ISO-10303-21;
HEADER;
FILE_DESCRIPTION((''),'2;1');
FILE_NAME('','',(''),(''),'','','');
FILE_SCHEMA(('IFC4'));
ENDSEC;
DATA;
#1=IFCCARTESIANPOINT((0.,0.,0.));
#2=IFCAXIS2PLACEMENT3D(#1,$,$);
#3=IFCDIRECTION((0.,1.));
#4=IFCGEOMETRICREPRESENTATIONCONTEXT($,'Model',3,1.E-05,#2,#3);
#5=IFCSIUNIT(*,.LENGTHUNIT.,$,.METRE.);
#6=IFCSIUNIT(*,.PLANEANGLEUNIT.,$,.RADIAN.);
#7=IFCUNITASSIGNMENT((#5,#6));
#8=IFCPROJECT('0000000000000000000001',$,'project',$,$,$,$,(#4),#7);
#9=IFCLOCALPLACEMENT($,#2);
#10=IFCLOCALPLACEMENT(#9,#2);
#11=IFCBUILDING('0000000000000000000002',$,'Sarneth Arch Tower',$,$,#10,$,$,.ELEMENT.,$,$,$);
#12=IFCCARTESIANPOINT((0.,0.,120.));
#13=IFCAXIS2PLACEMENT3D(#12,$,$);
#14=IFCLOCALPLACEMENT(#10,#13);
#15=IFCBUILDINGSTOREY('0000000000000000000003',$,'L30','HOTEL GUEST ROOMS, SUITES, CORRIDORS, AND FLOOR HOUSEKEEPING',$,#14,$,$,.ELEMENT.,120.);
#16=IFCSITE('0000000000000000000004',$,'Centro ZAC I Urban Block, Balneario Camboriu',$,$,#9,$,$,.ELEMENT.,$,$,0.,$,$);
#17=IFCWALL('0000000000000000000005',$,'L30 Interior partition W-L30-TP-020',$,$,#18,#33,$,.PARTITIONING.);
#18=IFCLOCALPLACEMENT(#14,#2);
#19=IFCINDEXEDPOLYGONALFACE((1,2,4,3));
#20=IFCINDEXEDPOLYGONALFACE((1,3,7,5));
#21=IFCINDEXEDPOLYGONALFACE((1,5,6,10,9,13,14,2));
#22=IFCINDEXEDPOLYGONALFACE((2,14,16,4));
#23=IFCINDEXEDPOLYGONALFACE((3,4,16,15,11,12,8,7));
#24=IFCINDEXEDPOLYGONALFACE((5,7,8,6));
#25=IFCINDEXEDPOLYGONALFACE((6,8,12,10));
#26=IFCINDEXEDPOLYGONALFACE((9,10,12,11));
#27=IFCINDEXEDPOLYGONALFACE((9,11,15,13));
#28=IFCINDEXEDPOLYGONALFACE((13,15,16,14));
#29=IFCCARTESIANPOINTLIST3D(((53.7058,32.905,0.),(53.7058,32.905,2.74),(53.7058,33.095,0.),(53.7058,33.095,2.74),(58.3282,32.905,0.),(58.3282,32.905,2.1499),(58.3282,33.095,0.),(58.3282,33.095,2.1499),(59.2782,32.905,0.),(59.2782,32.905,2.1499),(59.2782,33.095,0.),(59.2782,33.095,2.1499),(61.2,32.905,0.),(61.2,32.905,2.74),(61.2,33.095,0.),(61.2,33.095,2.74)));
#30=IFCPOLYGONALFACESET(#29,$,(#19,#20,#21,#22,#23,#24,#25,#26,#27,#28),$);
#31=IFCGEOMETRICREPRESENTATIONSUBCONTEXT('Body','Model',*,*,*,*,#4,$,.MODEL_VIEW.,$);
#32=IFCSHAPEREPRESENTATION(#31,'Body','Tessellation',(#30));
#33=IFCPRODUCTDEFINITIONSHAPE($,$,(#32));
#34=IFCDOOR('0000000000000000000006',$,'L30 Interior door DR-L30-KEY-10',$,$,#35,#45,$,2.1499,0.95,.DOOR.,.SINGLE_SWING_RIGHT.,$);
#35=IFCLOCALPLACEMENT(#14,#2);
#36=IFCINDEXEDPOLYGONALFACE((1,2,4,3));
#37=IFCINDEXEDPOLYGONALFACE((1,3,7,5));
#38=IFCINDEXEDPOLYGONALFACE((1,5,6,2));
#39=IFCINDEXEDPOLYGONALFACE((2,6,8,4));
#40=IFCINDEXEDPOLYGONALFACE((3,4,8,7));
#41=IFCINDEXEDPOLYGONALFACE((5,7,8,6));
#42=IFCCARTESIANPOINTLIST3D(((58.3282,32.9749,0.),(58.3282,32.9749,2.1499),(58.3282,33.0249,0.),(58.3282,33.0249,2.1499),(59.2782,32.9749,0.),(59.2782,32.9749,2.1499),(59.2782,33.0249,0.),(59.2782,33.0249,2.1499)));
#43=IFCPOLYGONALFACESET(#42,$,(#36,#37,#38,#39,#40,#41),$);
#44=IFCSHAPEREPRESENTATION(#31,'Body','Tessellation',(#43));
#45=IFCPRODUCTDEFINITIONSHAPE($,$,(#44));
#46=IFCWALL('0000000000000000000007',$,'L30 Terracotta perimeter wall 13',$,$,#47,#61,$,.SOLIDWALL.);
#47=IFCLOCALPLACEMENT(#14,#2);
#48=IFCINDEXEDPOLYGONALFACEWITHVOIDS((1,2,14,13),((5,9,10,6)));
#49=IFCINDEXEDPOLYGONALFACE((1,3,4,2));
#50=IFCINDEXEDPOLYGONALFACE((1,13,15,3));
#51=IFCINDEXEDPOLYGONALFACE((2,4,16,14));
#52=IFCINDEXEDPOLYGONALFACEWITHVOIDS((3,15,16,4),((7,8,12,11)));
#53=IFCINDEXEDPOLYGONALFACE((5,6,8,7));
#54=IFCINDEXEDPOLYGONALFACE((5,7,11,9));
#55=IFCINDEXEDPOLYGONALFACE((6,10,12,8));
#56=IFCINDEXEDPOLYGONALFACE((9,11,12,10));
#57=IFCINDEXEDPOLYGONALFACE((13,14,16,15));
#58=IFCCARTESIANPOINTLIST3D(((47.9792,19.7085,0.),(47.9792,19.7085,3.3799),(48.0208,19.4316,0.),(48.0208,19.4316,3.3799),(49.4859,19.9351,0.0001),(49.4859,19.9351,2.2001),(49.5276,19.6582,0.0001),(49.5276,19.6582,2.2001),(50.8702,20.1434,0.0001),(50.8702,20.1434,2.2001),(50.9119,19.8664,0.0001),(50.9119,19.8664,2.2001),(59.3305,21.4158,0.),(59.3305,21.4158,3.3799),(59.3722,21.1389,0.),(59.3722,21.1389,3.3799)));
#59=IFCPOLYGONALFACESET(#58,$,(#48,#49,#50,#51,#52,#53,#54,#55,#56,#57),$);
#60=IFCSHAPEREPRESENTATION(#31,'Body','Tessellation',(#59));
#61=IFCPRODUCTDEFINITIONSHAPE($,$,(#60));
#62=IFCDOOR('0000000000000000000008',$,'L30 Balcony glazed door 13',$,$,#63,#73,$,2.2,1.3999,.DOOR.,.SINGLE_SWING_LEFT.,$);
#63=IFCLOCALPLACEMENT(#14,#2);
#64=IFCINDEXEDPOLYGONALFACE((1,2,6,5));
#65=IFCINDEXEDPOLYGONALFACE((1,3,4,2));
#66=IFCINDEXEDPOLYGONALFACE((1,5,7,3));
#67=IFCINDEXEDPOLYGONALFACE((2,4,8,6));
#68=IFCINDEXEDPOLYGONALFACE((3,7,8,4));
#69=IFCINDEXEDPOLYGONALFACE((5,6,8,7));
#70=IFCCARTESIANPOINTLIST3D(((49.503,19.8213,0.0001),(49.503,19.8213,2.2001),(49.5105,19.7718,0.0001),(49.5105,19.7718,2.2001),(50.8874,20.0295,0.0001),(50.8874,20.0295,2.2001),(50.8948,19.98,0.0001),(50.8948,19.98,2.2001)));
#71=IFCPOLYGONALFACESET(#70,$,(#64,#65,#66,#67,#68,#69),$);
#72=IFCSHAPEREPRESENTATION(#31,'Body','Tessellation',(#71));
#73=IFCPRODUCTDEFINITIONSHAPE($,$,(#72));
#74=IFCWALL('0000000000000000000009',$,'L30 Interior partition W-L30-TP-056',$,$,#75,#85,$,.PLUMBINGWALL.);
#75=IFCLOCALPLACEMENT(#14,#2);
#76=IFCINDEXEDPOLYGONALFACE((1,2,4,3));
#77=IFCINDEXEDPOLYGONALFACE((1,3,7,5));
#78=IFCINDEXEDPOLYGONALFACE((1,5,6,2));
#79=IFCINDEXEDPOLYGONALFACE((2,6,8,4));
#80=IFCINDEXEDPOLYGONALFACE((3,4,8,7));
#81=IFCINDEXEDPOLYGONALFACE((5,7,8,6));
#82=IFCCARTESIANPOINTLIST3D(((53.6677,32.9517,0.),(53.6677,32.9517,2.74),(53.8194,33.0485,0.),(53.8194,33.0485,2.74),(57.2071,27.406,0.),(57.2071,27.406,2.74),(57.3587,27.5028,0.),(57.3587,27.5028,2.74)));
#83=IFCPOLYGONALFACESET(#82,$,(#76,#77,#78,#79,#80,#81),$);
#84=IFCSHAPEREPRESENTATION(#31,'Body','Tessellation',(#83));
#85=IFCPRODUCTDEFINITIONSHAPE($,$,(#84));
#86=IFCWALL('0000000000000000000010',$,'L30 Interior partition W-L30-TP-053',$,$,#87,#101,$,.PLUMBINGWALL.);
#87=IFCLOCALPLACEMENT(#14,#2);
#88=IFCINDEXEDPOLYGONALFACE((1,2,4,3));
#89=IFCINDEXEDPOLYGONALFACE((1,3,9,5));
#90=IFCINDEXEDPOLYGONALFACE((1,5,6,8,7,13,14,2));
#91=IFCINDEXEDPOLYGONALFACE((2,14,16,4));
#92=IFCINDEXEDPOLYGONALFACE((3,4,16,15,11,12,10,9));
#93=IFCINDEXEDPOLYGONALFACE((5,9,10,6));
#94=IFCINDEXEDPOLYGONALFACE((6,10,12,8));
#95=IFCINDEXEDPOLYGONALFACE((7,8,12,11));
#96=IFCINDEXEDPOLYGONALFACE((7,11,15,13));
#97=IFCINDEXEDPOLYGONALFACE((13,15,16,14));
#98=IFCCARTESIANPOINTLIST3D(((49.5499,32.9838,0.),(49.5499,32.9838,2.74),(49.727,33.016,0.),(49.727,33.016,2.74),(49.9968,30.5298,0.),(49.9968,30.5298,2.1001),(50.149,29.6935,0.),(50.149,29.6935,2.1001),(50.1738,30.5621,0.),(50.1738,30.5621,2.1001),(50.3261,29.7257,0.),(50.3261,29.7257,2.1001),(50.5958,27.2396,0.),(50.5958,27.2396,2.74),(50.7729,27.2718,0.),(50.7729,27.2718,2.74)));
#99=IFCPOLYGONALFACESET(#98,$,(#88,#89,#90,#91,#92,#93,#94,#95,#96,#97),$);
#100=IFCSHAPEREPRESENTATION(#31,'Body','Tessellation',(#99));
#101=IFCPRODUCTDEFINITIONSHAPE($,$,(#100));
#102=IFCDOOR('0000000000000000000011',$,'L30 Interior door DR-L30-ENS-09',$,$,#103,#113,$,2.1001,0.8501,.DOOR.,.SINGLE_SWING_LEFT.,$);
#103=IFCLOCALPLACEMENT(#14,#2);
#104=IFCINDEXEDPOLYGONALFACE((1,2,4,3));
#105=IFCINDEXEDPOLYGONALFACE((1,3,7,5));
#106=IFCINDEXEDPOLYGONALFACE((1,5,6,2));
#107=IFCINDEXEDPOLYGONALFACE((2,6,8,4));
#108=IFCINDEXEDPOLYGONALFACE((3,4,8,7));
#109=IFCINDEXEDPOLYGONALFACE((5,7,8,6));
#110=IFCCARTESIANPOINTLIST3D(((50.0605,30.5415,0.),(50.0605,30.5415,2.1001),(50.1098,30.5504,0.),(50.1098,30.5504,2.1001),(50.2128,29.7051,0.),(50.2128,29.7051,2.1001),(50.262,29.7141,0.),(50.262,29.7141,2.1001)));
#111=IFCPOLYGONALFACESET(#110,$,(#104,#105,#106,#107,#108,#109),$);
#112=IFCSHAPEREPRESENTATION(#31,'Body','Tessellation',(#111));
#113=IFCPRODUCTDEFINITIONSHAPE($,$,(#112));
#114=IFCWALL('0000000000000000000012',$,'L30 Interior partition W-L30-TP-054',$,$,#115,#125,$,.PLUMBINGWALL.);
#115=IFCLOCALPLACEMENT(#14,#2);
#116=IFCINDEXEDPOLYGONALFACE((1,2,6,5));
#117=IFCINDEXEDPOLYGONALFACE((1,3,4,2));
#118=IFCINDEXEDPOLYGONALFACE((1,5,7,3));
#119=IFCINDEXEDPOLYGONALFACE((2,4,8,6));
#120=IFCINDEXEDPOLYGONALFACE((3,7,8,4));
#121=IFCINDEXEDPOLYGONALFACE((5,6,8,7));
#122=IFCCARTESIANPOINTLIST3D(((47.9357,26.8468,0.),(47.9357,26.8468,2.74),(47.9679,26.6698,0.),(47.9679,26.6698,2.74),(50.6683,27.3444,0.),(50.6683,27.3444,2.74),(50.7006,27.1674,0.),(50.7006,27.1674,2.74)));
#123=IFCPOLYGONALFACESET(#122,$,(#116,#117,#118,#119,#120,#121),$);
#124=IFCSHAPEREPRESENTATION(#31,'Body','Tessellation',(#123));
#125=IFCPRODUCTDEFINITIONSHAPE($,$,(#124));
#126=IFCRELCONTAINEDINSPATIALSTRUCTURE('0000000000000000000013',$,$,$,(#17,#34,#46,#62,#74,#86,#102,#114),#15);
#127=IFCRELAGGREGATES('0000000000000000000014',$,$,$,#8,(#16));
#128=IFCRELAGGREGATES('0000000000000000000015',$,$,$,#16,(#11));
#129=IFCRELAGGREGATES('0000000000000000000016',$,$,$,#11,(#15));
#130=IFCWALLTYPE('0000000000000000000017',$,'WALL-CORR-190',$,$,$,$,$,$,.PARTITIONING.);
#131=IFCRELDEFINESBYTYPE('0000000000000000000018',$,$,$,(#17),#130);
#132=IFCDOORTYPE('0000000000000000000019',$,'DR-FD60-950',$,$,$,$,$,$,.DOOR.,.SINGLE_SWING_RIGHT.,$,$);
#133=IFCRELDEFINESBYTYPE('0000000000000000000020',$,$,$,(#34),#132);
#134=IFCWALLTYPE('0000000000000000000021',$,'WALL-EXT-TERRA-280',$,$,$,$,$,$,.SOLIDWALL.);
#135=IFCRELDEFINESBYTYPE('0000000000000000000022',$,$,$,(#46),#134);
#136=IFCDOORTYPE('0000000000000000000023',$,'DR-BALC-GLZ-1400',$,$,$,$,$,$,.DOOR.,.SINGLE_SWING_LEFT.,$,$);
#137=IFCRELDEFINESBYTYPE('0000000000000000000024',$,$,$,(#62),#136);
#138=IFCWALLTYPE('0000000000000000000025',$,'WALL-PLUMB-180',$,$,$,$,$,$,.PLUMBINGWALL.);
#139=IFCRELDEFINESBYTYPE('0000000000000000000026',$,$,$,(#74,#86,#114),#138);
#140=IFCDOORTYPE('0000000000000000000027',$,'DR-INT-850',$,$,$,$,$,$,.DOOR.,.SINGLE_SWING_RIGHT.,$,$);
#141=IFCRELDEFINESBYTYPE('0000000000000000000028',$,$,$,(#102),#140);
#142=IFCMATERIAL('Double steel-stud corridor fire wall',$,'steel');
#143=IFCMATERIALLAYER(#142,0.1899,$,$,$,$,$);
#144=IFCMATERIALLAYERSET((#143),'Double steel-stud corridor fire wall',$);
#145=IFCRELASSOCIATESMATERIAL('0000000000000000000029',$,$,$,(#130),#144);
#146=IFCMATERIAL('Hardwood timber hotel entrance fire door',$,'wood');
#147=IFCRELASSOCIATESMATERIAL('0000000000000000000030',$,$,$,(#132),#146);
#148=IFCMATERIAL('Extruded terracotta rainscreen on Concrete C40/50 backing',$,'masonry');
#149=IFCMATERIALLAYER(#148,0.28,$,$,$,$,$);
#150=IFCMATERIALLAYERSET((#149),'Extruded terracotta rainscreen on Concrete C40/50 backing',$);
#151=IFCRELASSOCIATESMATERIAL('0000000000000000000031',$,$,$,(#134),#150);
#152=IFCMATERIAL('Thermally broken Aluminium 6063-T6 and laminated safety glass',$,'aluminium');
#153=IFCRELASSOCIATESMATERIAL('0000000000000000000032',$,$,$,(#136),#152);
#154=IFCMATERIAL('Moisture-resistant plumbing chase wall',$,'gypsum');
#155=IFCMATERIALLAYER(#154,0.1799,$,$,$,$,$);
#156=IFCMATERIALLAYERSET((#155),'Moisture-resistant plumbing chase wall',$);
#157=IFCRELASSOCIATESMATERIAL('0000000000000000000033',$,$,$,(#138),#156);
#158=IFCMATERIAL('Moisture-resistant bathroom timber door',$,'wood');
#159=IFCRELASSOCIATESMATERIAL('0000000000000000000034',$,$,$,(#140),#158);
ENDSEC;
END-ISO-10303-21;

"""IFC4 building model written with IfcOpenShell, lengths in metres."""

from ifc_helpers import new_model, si_unit, direction, frame, frame_2d, origin, place, context, subcontext, project, spatial, rectangle, extrude, material, layer, layer_set, type_object, element, fill, save


model = new_model("IFC4")

# Units and contexts
model_context = context("Model", 3, precision=1e-05, world=origin(), true_north=direction((0.0, 1.0)))
body_context = subcontext(model_context, "Body", "Model", "MODEL_VIEW")
ifc_project = project(units=[si_unit("LENGTHUNIT", "METRE"), si_unit("PLANEANGLEUNIT", "RADIAN")], contexts=[model_context])

# Site, building, storey
site_placement = place(None, origin())
site = spatial("IfcSite", under=ifc_project, at=site_placement, Name="Centro ZAC I Urban Block, Balneario Camboriu", CompositionType="ELEMENT", RefElevation=0.0)
building_placement = place(site_placement, origin())
building = spatial("IfcBuilding", under=site, at=building_placement, Name="Sarneth Arch Tower", CompositionType="ELEMENT")
storey_placement = place(building_placement, frame((0.0, 0.0, 120.0)))
storey = spatial("IfcBuildingStorey", under=building, at=storey_placement, Name="L30", Description="HOTEL GUEST ROOMS, SUITES, CORRIDORS, AND FLOOR HOUSEKEEPING", CompositionType="ELEMENT", Elevation=120.0)

# Shared definitions
ifc_material_1 = material(Name="Double steel-stud corridor fire wall", Category="steel")
ifc_layer_1 = layer(ifc_material_1, 0.1899)
ifc_layer_set_1 = layer_set([ifc_layer_1], Name="Double steel-stud corridor fire wall")
wall_type_1 = type_object("IfcWallType", Name="WALL-CORR-190", PredefinedType="PARTITIONING", material=ifc_layer_set_1)
ifc_material_2 = material(Name="Hardwood timber hotel entrance fire door", Category="wood")
door_type_1 = type_object("IfcDoorType", Name="DR-FD60-950", OperationType="SINGLE_SWING_RIGHT", PredefinedType="DOOR", material=ifc_material_2)

# Walls, openings, doors
wall_1_placement = place(storey_placement, frame((53.7058, 33.0, 0.0), z_axis=(0.0, 0.0, 1.0), x_axis=(1.0, 0.0, 0.0)))
wall_1 = element("IfcWall", 1, at=wall_1_placement, inside=storey, type_object=wall_type_1, Name="L30 Interior partition W-L30-TP-020", PredefinedType="PARTITIONING", context=body_context, shape_type="SweptSolid", body=[
    extrude(rectangle(XDim=7.4941, YDim=0.1899, at=frame_2d((3.7471, 0.0))), origin(), (0.0, 0.0, 1.0), 2.74),
])
opening_1_placement = place(wall_1_placement, frame((4.6223, 0.0, 0.0)))
opening_1 = element("IfcOpeningElement", 2, at=opening_1_placement, cuts=wall_1, PredefinedType="OPENING", context=body_context, shape_type="SweptSolid", body=[
    extrude(rectangle(XDim=0.95, YDim=2.1499, at=frame_2d((0.4751, 1.075))), frame((0.0, 0.105, 0.0), z_axis=(0.0, -1.0, 0.0), x_axis=(1.0, 0.0, 0.0)), (0.0, 0.0, 1.0), 0.21),
])
door_1_placement = place(opening_1_placement, origin())
door_1 = element("IfcDoor", 3, at=door_1_placement, inside=storey, type_object=door_type_1, Name="L30 Interior door DR-L30-KEY-10", OperationType="SINGLE_SWING_RIGHT", OverallHeight=2.1499, OverallWidth=0.95, PredefinedType="DOOR", context=body_context, shape_type="SweptSolid", body=[
    extrude(rectangle(XDim=0.95, YDim=2.1499, at=frame_2d((0.4751, 1.075))), frame((0.0, 0.0249, 0.0), z_axis=(0.0, -1.0, 0.0), x_axis=(1.0, 0.0, 0.0)), (0.0, 0.0, 1.0), 0.05),
])
fill(opening_1, door_1)
ifc_material_3 = material(Name="Extruded terracotta rainscreen on Concrete C40/50 backing", Category="masonry")
ifc_layer_2 = layer(ifc_material_3, 0.28)
ifc_layer_set_2 = layer_set([ifc_layer_2], Name="Extruded terracotta rainscreen on Concrete C40/50 backing")
wall_type_2 = type_object("IfcWallType", Name="WALL-EXT-TERRA-280", PredefinedType="SOLIDWALL", material=ifc_layer_set_2)
wall_2_placement = place(storey_placement, frame((48.0, 19.5701, 0.0), z_axis=(0.0, 0.0, 1.0), x_axis=(0.988878, 0.14873, 0.0)))
wall_2 = element("IfcWall", 4, at=wall_2_placement, inside=storey, type_object=wall_type_2, Name="L30 Terracotta perimeter wall 13", PredefinedType="SOLIDWALL", context=body_context, shape_type="SweptSolid", body=[
    extrude(rectangle(XDim=11.479, YDim=0.28, at=frame_2d((5.7395, 0.0))), origin(), (0.0, 0.0, 1.0), 3.3799),
])
opening_2_placement = place(wall_2_placement, frame((1.5237, 0.0, 0.0)))
opening_2 = element("IfcOpeningElement", 5, at=opening_2_placement, cuts=wall_2, PredefinedType="OPENING", context=body_context, shape_type="SweptSolid", body=[
    extrude(rectangle(XDim=1.3999, YDim=2.2, at=frame_2d((0.7, 1.1001))), frame((0.0, 0.1499, 0.0), z_axis=(0.0, -1.0, 0.0), x_axis=(1.0, 0.0, 0.0)), (0.0, 0.0, 1.0), 0.3),
])
ifc_material_4 = material(Name="Thermally broken Aluminium 6063-T6 and laminated safety glass", Category="aluminium")
door_type_2 = type_object("IfcDoorType", Name="DR-BALC-GLZ-1400", OperationType="SINGLE_SWING_LEFT", PredefinedType="DOOR", material=ifc_material_4)
door_2_placement = place(opening_2_placement, origin())
door_2 = element("IfcDoor", 6, at=door_2_placement, inside=storey, type_object=door_type_2, Name="L30 Balcony glazed door 13", OperationType="SINGLE_SWING_LEFT", OverallHeight=2.2, OverallWidth=1.3999, PredefinedType="DOOR", context=body_context, shape_type="SweptSolid", body=[
    extrude(rectangle(XDim=1.3999, YDim=2.2, at=frame_2d((0.7, 1.1001))), frame((0.0, 0.0249, 0.0), z_axis=(0.0, -1.0, 0.0), x_axis=(1.0, 0.0, 0.0)), (0.0, 0.0, 1.0), 0.05),
])
fill(opening_2, door_2)

# Wall
ifc_material_5 = material(Name="Moisture-resistant plumbing chase wall", Category="gypsum")
ifc_layer_3 = layer(ifc_material_5, 0.1799)
ifc_layer_set_3 = layer_set([ifc_layer_3], Name="Moisture-resistant plumbing chase wall")
wall_type_3 = type_object("IfcWallType", Name="WALL-PLUMB-180", PredefinedType="PLUMBINGWALL", material=ifc_layer_set_3)
wall_3_placement = place(storey_placement, frame((57.283, 27.4543, 0.0), z_axis=(0.0, 0.0, 1.0), x_axis=(-0.537984, 0.842955, 0.0)))
element("IfcWall", 7, at=wall_3_placement, inside=storey, type_object=wall_type_3, Name="L30 Interior partition W-L30-TP-056", PredefinedType="PLUMBINGWALL", context=body_context, shape_type="SweptSolid", body=[
    extrude(rectangle(XDim=6.5789, YDim=0.1799, at=frame_2d((3.2896, 0.0))), origin(), (0.0, 0.0, 1.0), 2.74),
])

# Wall, opening, door
wall_4_placement = place(storey_placement, frame((49.6384, 33.0, 0.0), z_axis=(0.0, 0.0, 1.0), x_axis=(0.179136, -0.983824, 0.0)))
wall_4 = element("IfcWall", 8, at=wall_4_placement, inside=storey, type_object=wall_type_3, Name="L30 Interior partition W-L30-TP-053", PredefinedType="PLUMBINGWALL", context=body_context, shape_type="SweptSolid", body=[
    extrude(rectangle(XDim=5.8386, YDim=0.1799, at=frame_2d((2.9194, 0.0))), origin(), (0.0, 0.0, 1.0), 2.74),
])
opening_3_placement = place(wall_4_placement, frame((2.4944, 0.0, 0.0)))
opening_3 = element("IfcOpeningElement", 9, at=opening_3_placement, cuts=wall_4, PredefinedType="OPENING", context=body_context, shape_type="SweptSolid", body=[
    extrude(rectangle(XDim=0.8501, YDim=2.1001, at=frame_2d((0.425, 1.05))), frame((0.0, 0.0999, 0.0), z_axis=(0.0, -1.0, 0.0), x_axis=(1.0, 0.0, 0.0)), (0.0, 0.0, 1.0), 0.2),
])
ifc_material_6 = material(Name="Moisture-resistant bathroom timber door", Category="wood")
door_type_3 = type_object("IfcDoorType", Name="DR-INT-850", OperationType="SINGLE_SWING_RIGHT", PredefinedType="DOOR", material=ifc_material_6)
door_3_placement = place(opening_3_placement, origin())
door_3 = element("IfcDoor", 10, at=door_3_placement, inside=storey, type_object=door_type_3, Name="L30 Interior door DR-L30-ENS-09", OperationType="SINGLE_SWING_LEFT", OverallHeight=2.1001, OverallWidth=0.8501, PredefinedType="DOOR", context=body_context, shape_type="SweptSolid", body=[
    extrude(rectangle(XDim=0.8501, YDim=2.1001, at=frame_2d((0.425, 1.05))), frame((0.0, 0.0249, 0.0), z_axis=(0.0, -1.0, 0.0), x_axis=(1.0, 0.0, 0.0)), (0.0, 0.0, 1.0), 0.05),
])
fill(opening_3, door_3)

# Wall
wall_5_placement = place(storey_placement, frame((50.6843, 27.2559, 0.0), z_axis=(0.0, 0.0, 1.0), x_axis=(-0.983825, -0.179133, 0.0)))
element("IfcWall", 11, at=wall_5_placement, inside=storey, type_object=wall_type_3, Name="L30 Interior partition W-L30-TP-054", PredefinedType="PLUMBINGWALL", context=body_context, shape_type="SweptSolid", body=[
    extrude(rectangle(XDim=2.7776, YDim=0.1799, at=frame_2d((1.3887, 0.0))), origin(), (0.0, 0.0, 1.0), 2.74),
])

save(model, "model.ifc")
